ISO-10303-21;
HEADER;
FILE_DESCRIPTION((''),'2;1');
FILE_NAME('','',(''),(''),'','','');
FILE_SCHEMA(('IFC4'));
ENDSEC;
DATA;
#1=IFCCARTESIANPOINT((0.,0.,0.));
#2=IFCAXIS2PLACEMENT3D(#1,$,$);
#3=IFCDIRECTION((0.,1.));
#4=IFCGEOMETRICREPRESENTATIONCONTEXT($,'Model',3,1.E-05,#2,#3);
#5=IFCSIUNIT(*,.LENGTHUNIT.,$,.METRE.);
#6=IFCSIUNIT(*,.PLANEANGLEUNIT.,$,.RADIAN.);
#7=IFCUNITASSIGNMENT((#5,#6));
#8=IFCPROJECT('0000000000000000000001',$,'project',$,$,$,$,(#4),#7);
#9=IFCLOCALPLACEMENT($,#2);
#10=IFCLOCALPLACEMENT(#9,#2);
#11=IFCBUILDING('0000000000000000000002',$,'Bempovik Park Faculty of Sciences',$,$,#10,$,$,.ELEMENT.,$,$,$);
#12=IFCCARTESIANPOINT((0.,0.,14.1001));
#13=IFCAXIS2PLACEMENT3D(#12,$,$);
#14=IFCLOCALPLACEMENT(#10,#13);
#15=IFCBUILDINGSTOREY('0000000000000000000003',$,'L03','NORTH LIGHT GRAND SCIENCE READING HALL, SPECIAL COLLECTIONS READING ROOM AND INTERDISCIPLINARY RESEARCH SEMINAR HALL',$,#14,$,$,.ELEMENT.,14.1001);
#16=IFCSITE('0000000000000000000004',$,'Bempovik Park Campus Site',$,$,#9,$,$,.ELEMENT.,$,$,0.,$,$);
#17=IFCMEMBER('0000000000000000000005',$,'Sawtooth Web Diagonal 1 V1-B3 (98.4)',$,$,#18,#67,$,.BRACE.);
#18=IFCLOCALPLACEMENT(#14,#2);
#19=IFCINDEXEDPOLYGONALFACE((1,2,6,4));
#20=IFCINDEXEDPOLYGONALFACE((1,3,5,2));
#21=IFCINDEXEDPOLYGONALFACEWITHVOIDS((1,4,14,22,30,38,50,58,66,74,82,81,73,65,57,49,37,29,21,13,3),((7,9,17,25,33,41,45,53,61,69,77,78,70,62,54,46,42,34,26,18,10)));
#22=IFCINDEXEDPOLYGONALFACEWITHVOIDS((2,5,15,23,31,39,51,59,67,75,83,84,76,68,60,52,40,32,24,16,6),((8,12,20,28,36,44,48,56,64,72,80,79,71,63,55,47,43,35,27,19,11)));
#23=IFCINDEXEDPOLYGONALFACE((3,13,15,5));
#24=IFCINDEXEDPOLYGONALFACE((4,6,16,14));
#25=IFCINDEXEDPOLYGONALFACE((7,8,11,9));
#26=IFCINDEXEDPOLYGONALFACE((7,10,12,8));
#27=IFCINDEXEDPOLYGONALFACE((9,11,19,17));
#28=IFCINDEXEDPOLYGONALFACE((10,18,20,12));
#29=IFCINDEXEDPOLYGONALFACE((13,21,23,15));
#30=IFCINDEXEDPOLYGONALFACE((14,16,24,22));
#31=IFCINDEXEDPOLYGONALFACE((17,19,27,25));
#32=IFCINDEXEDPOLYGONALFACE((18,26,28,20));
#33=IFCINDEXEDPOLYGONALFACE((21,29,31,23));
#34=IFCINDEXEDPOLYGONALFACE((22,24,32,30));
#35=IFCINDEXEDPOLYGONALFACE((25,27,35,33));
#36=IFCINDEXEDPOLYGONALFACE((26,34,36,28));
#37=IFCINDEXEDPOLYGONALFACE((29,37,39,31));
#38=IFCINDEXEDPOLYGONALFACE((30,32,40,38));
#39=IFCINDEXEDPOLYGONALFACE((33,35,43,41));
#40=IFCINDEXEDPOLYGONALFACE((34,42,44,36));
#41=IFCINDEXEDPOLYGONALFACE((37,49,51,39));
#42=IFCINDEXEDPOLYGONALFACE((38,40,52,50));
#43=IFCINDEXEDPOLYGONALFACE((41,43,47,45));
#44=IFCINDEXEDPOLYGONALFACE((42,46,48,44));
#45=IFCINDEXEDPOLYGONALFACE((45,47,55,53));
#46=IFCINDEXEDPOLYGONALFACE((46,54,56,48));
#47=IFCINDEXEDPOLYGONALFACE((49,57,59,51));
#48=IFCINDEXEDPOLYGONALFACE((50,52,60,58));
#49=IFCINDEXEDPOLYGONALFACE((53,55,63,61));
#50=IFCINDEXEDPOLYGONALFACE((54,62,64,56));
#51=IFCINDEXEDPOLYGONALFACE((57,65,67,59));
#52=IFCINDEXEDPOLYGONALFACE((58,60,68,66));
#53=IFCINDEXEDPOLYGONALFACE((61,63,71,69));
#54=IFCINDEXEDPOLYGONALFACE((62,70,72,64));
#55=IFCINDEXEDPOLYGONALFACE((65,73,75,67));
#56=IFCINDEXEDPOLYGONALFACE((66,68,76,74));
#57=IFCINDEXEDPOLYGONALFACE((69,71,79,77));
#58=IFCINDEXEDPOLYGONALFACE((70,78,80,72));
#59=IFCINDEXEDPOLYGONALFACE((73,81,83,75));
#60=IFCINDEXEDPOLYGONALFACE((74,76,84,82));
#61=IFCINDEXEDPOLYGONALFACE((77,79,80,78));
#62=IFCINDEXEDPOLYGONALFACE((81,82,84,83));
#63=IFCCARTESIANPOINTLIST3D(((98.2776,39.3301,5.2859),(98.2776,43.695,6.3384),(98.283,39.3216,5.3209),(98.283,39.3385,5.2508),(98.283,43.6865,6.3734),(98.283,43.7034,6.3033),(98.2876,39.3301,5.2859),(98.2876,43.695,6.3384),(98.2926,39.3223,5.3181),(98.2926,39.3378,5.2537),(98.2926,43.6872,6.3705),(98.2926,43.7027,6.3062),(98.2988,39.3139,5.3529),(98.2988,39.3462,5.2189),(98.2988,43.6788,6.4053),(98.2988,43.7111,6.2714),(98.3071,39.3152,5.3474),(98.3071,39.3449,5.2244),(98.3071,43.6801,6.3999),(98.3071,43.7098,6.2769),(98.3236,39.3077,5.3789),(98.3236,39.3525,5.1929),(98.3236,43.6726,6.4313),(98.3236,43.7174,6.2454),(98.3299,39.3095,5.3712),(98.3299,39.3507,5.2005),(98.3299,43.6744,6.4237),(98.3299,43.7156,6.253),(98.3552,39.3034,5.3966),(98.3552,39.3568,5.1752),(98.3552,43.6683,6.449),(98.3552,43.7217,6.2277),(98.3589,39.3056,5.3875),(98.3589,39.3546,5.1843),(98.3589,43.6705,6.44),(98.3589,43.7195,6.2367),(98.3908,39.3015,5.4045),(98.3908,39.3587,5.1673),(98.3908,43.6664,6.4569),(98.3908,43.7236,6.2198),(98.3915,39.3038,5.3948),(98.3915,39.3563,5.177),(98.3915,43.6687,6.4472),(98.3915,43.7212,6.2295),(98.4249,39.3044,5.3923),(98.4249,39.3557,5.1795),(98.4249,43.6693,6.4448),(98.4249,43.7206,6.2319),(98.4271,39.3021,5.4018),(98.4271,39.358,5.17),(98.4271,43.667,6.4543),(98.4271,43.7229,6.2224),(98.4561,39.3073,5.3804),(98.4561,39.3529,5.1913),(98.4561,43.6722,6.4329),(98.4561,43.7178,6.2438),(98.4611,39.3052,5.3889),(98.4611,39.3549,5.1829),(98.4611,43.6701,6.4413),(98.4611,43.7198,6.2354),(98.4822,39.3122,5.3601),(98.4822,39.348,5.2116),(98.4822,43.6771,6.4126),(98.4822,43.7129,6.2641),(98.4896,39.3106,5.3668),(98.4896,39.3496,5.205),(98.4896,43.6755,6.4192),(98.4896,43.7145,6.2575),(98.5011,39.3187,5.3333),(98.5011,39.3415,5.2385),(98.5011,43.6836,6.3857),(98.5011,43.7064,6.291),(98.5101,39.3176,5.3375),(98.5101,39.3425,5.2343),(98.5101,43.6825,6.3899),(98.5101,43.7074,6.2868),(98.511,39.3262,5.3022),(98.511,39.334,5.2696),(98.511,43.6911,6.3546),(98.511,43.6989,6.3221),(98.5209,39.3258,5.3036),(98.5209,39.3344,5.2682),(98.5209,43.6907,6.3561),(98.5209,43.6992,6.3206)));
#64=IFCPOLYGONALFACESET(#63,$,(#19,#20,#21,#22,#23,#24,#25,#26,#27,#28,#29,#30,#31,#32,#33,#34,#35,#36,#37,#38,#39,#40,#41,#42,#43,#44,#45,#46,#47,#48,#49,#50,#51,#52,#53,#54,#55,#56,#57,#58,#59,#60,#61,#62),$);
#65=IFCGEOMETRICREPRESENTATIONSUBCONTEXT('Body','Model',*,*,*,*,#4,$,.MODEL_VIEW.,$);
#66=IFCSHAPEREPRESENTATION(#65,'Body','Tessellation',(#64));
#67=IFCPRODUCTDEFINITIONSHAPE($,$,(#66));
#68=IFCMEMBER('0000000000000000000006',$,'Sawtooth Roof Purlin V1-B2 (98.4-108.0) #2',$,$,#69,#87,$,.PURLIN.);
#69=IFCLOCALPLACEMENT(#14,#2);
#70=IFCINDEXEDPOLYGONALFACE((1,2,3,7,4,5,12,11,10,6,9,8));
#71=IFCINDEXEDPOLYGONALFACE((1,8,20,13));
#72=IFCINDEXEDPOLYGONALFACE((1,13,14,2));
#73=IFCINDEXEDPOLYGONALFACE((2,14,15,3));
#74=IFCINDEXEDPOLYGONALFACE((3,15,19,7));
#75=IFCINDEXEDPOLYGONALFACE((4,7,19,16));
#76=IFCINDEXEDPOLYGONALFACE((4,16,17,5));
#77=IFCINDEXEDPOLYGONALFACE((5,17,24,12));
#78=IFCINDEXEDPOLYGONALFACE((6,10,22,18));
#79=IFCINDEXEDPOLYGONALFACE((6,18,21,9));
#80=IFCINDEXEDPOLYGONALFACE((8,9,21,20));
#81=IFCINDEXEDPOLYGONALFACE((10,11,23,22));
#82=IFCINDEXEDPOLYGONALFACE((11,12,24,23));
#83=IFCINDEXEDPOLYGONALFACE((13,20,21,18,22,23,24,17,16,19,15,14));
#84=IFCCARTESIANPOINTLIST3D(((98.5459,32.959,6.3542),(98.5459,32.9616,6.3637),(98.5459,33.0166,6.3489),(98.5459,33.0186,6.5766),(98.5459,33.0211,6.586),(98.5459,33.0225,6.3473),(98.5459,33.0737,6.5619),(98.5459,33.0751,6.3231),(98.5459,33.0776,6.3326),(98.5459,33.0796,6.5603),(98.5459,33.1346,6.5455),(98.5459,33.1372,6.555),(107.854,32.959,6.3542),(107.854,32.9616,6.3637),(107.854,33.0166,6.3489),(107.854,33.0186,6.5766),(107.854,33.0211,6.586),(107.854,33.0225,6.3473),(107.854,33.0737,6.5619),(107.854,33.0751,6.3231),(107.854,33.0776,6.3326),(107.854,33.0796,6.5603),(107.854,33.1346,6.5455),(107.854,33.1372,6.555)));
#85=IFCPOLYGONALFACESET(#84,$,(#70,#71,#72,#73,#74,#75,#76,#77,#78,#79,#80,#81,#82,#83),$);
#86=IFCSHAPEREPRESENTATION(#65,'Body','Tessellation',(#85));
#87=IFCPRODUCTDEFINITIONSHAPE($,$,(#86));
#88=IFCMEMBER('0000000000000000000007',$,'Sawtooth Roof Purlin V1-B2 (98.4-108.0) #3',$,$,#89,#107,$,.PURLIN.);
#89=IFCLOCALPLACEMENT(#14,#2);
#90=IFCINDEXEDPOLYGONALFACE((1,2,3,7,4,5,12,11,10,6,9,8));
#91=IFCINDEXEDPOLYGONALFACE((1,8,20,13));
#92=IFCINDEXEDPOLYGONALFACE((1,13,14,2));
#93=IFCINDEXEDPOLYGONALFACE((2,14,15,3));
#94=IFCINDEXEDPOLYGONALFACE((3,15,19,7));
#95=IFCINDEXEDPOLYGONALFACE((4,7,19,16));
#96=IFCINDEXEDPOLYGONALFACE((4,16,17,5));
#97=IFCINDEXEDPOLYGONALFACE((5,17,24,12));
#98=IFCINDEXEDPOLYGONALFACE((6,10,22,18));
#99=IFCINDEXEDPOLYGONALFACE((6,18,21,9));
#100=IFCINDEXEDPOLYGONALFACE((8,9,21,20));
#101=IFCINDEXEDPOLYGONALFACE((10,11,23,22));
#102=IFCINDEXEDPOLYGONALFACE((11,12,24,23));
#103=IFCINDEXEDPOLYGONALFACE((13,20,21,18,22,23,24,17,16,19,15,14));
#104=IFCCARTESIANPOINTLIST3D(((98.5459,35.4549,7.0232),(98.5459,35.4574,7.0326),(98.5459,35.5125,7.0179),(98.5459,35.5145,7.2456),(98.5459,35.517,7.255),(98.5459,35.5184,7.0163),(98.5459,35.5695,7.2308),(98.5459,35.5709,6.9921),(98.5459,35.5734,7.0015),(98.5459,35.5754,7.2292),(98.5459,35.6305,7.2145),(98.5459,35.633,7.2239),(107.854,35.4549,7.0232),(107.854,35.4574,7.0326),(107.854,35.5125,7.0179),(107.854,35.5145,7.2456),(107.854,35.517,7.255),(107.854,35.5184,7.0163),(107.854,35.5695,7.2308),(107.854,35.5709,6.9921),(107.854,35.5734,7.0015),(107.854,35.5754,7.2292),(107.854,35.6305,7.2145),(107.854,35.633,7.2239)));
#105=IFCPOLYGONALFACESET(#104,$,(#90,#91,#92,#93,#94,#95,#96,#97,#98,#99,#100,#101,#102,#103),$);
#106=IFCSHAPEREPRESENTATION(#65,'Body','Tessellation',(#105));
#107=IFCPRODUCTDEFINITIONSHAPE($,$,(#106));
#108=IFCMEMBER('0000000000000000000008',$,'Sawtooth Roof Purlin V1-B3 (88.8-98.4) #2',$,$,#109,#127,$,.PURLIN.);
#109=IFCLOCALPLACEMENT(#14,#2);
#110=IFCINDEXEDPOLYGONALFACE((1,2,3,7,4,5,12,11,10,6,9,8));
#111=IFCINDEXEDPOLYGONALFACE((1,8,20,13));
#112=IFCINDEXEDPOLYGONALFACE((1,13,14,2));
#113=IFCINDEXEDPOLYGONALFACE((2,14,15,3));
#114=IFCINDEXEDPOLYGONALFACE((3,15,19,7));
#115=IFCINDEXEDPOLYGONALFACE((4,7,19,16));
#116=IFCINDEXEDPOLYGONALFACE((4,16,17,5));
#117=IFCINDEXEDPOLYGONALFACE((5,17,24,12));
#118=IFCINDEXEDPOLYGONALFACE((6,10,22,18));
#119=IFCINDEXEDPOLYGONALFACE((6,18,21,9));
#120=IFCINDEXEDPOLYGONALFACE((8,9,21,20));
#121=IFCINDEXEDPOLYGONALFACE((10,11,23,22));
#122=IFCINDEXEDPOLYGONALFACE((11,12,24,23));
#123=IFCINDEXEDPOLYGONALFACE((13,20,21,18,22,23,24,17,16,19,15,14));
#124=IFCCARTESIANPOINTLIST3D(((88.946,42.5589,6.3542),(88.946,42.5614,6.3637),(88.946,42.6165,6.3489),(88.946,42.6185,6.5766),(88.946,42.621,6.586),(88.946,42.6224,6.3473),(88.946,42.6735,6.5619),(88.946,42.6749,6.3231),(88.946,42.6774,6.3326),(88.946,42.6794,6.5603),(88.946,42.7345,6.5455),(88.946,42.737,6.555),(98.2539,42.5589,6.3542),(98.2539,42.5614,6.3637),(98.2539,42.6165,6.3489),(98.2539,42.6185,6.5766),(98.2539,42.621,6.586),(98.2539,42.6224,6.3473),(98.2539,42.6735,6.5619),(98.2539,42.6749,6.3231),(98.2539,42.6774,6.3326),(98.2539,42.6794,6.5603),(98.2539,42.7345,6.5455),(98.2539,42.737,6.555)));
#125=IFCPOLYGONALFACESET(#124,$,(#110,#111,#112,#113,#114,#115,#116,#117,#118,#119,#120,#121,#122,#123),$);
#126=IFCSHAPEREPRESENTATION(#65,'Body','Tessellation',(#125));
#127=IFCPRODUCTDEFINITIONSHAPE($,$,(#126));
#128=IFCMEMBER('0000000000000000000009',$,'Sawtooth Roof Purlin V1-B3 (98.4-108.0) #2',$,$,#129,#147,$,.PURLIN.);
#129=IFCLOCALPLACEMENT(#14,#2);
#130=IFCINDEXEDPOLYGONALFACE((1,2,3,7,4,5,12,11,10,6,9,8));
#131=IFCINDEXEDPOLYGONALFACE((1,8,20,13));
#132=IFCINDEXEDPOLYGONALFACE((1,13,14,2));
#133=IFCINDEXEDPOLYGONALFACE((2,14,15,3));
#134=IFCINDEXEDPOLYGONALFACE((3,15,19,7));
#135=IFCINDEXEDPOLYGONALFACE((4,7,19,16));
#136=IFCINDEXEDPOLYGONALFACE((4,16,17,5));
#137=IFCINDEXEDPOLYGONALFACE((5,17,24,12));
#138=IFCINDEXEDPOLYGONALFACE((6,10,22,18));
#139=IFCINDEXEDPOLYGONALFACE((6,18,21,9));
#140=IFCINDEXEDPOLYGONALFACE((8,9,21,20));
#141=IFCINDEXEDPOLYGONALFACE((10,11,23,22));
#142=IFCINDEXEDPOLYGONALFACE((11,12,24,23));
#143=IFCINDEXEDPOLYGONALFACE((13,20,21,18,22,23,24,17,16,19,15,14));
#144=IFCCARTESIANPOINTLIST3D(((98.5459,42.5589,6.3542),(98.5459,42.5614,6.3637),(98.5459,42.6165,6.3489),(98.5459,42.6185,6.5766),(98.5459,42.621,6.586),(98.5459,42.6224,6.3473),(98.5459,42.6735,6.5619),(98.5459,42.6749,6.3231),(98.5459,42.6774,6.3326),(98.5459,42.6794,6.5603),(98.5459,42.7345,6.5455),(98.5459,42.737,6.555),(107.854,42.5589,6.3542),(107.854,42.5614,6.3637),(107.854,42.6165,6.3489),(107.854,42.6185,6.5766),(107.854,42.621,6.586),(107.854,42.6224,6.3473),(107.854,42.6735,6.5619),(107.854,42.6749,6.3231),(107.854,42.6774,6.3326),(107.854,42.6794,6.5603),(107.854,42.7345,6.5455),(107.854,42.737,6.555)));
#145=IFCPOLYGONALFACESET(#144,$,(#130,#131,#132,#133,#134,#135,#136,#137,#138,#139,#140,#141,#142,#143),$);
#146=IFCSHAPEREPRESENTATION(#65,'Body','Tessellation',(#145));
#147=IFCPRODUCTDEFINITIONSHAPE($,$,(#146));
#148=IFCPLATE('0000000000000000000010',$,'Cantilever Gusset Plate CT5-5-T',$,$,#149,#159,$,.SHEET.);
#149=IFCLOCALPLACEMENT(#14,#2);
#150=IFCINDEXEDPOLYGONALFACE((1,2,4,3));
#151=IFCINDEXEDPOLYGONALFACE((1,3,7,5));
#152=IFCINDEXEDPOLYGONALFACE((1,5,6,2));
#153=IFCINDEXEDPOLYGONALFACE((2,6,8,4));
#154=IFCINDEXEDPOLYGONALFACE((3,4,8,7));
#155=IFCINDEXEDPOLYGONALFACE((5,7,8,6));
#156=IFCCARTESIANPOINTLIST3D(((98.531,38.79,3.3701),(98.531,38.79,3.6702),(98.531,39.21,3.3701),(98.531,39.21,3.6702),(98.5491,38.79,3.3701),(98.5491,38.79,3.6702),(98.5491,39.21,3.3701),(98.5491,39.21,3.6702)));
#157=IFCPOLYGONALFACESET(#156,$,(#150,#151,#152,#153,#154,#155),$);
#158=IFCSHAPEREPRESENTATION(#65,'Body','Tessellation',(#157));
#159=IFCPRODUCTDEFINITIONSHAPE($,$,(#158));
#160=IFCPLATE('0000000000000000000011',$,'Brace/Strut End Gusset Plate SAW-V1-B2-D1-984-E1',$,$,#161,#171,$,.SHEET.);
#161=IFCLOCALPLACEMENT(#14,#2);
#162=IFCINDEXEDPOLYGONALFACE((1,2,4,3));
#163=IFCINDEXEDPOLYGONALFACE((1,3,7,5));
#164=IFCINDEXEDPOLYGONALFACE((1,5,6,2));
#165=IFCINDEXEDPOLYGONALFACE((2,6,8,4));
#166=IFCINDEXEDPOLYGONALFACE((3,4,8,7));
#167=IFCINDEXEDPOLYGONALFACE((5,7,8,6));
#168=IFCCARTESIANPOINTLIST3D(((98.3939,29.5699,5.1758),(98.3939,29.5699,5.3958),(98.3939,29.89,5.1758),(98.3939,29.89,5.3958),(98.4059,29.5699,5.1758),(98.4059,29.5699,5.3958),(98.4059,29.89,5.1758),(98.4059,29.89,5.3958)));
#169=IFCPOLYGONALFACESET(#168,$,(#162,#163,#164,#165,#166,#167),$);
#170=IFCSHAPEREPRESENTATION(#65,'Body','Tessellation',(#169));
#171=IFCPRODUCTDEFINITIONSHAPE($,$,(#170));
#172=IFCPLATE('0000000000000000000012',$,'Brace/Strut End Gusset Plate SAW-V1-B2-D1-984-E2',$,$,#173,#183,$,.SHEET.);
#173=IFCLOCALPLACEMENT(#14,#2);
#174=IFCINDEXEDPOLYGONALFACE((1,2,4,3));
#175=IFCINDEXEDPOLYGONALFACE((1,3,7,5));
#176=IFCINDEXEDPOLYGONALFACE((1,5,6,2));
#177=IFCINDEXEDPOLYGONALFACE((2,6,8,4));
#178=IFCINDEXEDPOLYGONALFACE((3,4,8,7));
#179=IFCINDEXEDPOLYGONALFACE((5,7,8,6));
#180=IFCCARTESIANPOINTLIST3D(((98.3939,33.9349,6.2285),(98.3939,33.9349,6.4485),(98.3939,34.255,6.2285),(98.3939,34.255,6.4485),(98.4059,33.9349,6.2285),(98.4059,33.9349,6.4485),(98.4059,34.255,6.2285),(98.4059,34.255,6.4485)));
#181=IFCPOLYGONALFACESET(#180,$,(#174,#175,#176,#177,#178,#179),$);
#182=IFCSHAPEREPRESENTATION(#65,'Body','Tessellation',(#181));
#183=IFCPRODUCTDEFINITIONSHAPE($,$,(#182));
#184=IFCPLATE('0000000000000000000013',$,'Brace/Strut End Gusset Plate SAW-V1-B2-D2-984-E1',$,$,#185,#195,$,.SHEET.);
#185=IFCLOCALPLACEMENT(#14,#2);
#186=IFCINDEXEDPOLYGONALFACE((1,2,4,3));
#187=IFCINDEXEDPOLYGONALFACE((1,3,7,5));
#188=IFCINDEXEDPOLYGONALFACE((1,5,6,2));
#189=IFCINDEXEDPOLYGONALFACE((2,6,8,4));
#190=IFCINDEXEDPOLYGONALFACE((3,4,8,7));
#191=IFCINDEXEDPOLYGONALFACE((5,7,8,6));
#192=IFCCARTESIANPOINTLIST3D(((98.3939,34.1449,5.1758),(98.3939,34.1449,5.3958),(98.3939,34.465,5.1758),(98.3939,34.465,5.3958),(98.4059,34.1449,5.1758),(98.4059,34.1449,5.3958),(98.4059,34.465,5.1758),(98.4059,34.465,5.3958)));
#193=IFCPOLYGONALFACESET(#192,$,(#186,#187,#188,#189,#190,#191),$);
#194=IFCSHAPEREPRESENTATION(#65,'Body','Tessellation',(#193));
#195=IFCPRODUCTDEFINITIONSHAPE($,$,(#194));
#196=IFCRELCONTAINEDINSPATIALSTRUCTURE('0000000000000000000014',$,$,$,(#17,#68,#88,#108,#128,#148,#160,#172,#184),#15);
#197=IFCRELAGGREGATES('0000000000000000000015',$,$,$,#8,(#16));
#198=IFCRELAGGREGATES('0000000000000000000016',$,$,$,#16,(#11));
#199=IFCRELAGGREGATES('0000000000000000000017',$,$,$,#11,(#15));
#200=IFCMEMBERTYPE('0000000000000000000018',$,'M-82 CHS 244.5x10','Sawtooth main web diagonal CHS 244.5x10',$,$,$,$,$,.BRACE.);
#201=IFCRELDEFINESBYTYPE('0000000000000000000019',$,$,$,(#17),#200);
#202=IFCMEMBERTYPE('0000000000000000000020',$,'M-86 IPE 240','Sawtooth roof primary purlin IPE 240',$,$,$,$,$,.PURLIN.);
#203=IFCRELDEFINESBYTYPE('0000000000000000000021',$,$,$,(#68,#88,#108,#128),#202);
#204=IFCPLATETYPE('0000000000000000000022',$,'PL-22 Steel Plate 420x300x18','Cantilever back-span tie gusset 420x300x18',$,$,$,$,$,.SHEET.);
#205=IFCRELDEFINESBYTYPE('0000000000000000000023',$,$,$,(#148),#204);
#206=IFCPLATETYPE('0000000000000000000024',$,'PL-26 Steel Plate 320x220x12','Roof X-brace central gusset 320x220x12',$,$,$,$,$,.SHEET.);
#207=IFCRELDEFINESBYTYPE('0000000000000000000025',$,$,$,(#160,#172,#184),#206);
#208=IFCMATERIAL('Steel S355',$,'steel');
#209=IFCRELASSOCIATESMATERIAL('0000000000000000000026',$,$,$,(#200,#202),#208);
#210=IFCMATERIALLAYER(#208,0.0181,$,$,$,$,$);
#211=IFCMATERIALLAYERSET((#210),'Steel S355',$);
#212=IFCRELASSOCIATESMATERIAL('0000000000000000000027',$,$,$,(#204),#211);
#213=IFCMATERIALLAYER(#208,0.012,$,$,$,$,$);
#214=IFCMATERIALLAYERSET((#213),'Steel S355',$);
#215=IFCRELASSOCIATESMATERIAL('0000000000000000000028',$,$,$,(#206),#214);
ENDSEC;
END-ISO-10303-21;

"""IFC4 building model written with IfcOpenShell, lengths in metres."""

from ifc_helpers import new_model, si_unit, direction, frame, origin, origin_2d, place, context, subcontext, project, spatial, rectangle, hollow_circle, i_section, extrude, material, layer, layer_set, material_profile, profile_set, type_object, element, save


model = new_model("IFC4")

# Units and contexts
model_context = context("Model", 3, precision=1e-05, world=origin(), true_north=direction((0.0, 1.0)))
body_context = subcontext(model_context, "Body", "Model", "MODEL_VIEW")
ifc_project = project(units=[si_unit("LENGTHUNIT", "METRE"), si_unit("PLANEANGLEUNIT", "RADIAN")], contexts=[model_context])

# Site, building, storey
site_placement = place(None, origin())
site = spatial("IfcSite", under=ifc_project, at=site_placement, Name="Bempovik Park Campus Site", CompositionType="ELEMENT", RefElevation=0.0)
building_placement = place(site_placement, origin())
building = spatial("IfcBuilding", under=site, at=building_placement, Name="Bempovik Park Faculty of Sciences", CompositionType="ELEMENT")
storey_placement = place(building_placement, frame((0.0, 0.0, 14.1001)))
storey = spatial("IfcBuildingStorey", under=building, at=storey_placement, Name="L03", Description="NORTH LIGHT GRAND SCIENCE READING HALL, SPECIAL COLLECTIONS READING ROOM AND INTERDISCIPLINARY RESEARCH SEMINAR HALL", CompositionType="ELEMENT", Elevation=14.1001)

# Shared definitions
ifc_material_1 = material(Name="Steel S355", Category="steel")

# Members
ifc_material_profile_1 = material_profile(ifc_material_1, hollow_circle(Radius=0.1223, WallThickness=0.01, at=origin_2d()), Name="CHS 244.5x10")
ifc_profile_set_1 = profile_set([ifc_material_profile_1], Name="Steel S355")
member_type_1 = type_object("IfcMemberType", Name="M-82 CHS 244.5x10", Description="Sawtooth main web diagonal CHS 244.5x10", PredefinedType="BRACE", material=ifc_profile_set_1)
for number, where, z_axis, x_axis, name in (
    (1, (98.3999, 39.3301, 5.2859), (0.0, 0.972139, 0.234403), (-1.0, 0.0, 0.0), "Sawtooth Web Diagonal 1 V1-B3 (98.4)"),
):
    element("IfcMember", number, at=place(storey_placement, frame(where, z_axis=z_axis, x_axis=x_axis)), inside=storey, type_object=member_type_1, Name=name, PredefinedType="BRACE", context=body_context, shape_type="SweptSolid", body=[
        extrude(hollow_circle(Radius=0.1223, WallThickness=0.01, at=origin_2d()), origin(), (0.0, 0.0, 1.0), 4.49),
    ])
ifc_material_profile_2 = material_profile(ifc_material_1, i_section(OverallWidth=0.1201, OverallDepth=0.24, WebThickness=0.0061, FlangeThickness=0.0098, at=origin_2d()), Name="IPE 240")
ifc_profile_set_2 = profile_set([ifc_material_profile_2], Name="Steel S355")
member_type_2 = type_object("IfcMemberType", Name="M-86 IPE 240", Description="Sawtooth roof primary purlin IPE 240", PredefinedType="PURLIN", material=ifc_profile_set_2)
for number, where, z_axis, x_axis, name in (
    (2, (98.5459, 33.0481, 6.4546), (1.0, 0.0, 0.0), (0.0, 0.965926, -0.258819), "Sawtooth Roof Purlin V1-B2 (98.4-108.0) #2"),
    (3, (98.5459, 35.5439, 7.1235), (1.0, 0.0, 0.0), (0.0, 0.965926, -0.258819), "Sawtooth Roof Purlin V1-B2 (98.4-108.0) #3"),
):
    element("IfcMember", number, at=place(storey_placement, frame(where, z_axis=z_axis, x_axis=x_axis)), inside=storey, type_object=member_type_2, Name=name, PredefinedType="PURLIN", context=body_context, shape_type="SweptSolid", body=[
        extrude(i_section(OverallWidth=0.1201, OverallDepth=0.24, WebThickness=0.0061, FlangeThickness=0.0098, at=origin_2d()), origin(), (0.0, 0.0, 1.0), 9.3081),
    ])
member_1_placement = place(storey_placement, frame((88.946, 42.6479, 6.4546), z_axis=(1.0, 0.0, 0.0), x_axis=(0.0, 0.965926, -0.258819)))
element("IfcMember", 4, at=member_1_placement, inside=storey, type_object=member_type_2, Name="Sawtooth Roof Purlin V1-B3 (88.8-98.4) #2", PredefinedType="PURLIN", context=body_context, shape_type="SweptSolid", body=[
    extrude(i_section(OverallWidth=0.1201, OverallDepth=0.24, WebThickness=0.0061, FlangeThickness=0.0098, at=origin_2d()), origin(), (0.0, 0.0, 1.0), 9.3079),
])
member_2_placement = place(storey_placement, frame((98.5459, 42.6479, 6.4546), z_axis=(1.0, 0.0, 0.0), x_axis=(0.0, 0.965926, -0.258819)))
element("IfcMember", 5, at=member_2_placement, inside=storey, type_object=member_type_2, Name="Sawtooth Roof Purlin V1-B3 (98.4-108.0) #2", PredefinedType="PURLIN", context=body_context, shape_type="SweptSolid", body=[
    extrude(i_section(OverallWidth=0.1201, OverallDepth=0.24, WebThickness=0.0061, FlangeThickness=0.0098, at=origin_2d()), origin(), (0.0, 0.0, 1.0), 9.3081),
])

# Plates
ifc_layer_1 = layer(ifc_material_1, 0.0181)
ifc_layer_set_1 = layer_set([ifc_layer_1], Name="Steel S355")
plate_type_1 = type_object("IfcPlateType", Name="PL-22 Steel Plate 420x300x18", Description="Cantilever back-span tie gusset 420x300x18", PredefinedType="SHEET", material=ifc_layer_set_1)
plate_1_placement = place(storey_placement, frame((98.54, 39.0, 3.3701), z_axis=(0.0, 0.0, 1.0), x_axis=(1.0, 0.0, 0.0)))
element("IfcPlate", 6, at=plate_1_placement, inside=storey, type_object=plate_type_1, Name="Cantilever Gusset Plate CT5-5-T", PredefinedType="SHEET", context=body_context, shape_type="SweptSolid", body=[
    extrude(rectangle(XDim=0.0181, YDim=0.4199, at=origin_2d()), origin(), (0.0, 0.0, 1.0), 0.3),
])
ifc_layer_2 = layer(ifc_material_1, 0.012)
ifc_layer_set_2 = layer_set([ifc_layer_2], Name="Steel S355")
plate_type_2 = type_object("IfcPlateType", Name="PL-26 Steel Plate 320x220x12", Description="Roof X-brace central gusset 320x220x12", PredefinedType="SHEET", material=ifc_layer_set_2)
for number, where, z_axis, x_axis, name in (
    (7, (98.3999, 29.73, 5.1758), (0.0, 0.0, 1.0), (1.0, 0.0, 0.0), "Brace/Strut End Gusset Plate SAW-V1-B2-D1-984-E1"),
    (8, (98.3999, 34.095, 6.2285), (0.0, 0.0, 1.0), (1.0, 0.0, 0.0), "Brace/Strut End Gusset Plate SAW-V1-B2-D1-984-E2"),
    (9, (98.3999, 34.3049, 5.1758), (0.0, 0.0, 1.0), (1.0, 0.0, 0.0), "Brace/Strut End Gusset Plate SAW-V1-B2-D2-984-E1"),
):
    element("IfcPlate", number, at=place(storey_placement, frame(where, z_axis=z_axis, x_axis=x_axis)), inside=storey, type_object=plate_type_2, Name=name, PredefinedType="SHEET", context=body_context, shape_type="SweptSolid", body=[
        extrude(rectangle(XDim=0.012, YDim=0.3201, at=origin_2d()), origin(), (0.0, 0.0, 1.0), 0.22),
    ])

save(model, "model.ifc")
